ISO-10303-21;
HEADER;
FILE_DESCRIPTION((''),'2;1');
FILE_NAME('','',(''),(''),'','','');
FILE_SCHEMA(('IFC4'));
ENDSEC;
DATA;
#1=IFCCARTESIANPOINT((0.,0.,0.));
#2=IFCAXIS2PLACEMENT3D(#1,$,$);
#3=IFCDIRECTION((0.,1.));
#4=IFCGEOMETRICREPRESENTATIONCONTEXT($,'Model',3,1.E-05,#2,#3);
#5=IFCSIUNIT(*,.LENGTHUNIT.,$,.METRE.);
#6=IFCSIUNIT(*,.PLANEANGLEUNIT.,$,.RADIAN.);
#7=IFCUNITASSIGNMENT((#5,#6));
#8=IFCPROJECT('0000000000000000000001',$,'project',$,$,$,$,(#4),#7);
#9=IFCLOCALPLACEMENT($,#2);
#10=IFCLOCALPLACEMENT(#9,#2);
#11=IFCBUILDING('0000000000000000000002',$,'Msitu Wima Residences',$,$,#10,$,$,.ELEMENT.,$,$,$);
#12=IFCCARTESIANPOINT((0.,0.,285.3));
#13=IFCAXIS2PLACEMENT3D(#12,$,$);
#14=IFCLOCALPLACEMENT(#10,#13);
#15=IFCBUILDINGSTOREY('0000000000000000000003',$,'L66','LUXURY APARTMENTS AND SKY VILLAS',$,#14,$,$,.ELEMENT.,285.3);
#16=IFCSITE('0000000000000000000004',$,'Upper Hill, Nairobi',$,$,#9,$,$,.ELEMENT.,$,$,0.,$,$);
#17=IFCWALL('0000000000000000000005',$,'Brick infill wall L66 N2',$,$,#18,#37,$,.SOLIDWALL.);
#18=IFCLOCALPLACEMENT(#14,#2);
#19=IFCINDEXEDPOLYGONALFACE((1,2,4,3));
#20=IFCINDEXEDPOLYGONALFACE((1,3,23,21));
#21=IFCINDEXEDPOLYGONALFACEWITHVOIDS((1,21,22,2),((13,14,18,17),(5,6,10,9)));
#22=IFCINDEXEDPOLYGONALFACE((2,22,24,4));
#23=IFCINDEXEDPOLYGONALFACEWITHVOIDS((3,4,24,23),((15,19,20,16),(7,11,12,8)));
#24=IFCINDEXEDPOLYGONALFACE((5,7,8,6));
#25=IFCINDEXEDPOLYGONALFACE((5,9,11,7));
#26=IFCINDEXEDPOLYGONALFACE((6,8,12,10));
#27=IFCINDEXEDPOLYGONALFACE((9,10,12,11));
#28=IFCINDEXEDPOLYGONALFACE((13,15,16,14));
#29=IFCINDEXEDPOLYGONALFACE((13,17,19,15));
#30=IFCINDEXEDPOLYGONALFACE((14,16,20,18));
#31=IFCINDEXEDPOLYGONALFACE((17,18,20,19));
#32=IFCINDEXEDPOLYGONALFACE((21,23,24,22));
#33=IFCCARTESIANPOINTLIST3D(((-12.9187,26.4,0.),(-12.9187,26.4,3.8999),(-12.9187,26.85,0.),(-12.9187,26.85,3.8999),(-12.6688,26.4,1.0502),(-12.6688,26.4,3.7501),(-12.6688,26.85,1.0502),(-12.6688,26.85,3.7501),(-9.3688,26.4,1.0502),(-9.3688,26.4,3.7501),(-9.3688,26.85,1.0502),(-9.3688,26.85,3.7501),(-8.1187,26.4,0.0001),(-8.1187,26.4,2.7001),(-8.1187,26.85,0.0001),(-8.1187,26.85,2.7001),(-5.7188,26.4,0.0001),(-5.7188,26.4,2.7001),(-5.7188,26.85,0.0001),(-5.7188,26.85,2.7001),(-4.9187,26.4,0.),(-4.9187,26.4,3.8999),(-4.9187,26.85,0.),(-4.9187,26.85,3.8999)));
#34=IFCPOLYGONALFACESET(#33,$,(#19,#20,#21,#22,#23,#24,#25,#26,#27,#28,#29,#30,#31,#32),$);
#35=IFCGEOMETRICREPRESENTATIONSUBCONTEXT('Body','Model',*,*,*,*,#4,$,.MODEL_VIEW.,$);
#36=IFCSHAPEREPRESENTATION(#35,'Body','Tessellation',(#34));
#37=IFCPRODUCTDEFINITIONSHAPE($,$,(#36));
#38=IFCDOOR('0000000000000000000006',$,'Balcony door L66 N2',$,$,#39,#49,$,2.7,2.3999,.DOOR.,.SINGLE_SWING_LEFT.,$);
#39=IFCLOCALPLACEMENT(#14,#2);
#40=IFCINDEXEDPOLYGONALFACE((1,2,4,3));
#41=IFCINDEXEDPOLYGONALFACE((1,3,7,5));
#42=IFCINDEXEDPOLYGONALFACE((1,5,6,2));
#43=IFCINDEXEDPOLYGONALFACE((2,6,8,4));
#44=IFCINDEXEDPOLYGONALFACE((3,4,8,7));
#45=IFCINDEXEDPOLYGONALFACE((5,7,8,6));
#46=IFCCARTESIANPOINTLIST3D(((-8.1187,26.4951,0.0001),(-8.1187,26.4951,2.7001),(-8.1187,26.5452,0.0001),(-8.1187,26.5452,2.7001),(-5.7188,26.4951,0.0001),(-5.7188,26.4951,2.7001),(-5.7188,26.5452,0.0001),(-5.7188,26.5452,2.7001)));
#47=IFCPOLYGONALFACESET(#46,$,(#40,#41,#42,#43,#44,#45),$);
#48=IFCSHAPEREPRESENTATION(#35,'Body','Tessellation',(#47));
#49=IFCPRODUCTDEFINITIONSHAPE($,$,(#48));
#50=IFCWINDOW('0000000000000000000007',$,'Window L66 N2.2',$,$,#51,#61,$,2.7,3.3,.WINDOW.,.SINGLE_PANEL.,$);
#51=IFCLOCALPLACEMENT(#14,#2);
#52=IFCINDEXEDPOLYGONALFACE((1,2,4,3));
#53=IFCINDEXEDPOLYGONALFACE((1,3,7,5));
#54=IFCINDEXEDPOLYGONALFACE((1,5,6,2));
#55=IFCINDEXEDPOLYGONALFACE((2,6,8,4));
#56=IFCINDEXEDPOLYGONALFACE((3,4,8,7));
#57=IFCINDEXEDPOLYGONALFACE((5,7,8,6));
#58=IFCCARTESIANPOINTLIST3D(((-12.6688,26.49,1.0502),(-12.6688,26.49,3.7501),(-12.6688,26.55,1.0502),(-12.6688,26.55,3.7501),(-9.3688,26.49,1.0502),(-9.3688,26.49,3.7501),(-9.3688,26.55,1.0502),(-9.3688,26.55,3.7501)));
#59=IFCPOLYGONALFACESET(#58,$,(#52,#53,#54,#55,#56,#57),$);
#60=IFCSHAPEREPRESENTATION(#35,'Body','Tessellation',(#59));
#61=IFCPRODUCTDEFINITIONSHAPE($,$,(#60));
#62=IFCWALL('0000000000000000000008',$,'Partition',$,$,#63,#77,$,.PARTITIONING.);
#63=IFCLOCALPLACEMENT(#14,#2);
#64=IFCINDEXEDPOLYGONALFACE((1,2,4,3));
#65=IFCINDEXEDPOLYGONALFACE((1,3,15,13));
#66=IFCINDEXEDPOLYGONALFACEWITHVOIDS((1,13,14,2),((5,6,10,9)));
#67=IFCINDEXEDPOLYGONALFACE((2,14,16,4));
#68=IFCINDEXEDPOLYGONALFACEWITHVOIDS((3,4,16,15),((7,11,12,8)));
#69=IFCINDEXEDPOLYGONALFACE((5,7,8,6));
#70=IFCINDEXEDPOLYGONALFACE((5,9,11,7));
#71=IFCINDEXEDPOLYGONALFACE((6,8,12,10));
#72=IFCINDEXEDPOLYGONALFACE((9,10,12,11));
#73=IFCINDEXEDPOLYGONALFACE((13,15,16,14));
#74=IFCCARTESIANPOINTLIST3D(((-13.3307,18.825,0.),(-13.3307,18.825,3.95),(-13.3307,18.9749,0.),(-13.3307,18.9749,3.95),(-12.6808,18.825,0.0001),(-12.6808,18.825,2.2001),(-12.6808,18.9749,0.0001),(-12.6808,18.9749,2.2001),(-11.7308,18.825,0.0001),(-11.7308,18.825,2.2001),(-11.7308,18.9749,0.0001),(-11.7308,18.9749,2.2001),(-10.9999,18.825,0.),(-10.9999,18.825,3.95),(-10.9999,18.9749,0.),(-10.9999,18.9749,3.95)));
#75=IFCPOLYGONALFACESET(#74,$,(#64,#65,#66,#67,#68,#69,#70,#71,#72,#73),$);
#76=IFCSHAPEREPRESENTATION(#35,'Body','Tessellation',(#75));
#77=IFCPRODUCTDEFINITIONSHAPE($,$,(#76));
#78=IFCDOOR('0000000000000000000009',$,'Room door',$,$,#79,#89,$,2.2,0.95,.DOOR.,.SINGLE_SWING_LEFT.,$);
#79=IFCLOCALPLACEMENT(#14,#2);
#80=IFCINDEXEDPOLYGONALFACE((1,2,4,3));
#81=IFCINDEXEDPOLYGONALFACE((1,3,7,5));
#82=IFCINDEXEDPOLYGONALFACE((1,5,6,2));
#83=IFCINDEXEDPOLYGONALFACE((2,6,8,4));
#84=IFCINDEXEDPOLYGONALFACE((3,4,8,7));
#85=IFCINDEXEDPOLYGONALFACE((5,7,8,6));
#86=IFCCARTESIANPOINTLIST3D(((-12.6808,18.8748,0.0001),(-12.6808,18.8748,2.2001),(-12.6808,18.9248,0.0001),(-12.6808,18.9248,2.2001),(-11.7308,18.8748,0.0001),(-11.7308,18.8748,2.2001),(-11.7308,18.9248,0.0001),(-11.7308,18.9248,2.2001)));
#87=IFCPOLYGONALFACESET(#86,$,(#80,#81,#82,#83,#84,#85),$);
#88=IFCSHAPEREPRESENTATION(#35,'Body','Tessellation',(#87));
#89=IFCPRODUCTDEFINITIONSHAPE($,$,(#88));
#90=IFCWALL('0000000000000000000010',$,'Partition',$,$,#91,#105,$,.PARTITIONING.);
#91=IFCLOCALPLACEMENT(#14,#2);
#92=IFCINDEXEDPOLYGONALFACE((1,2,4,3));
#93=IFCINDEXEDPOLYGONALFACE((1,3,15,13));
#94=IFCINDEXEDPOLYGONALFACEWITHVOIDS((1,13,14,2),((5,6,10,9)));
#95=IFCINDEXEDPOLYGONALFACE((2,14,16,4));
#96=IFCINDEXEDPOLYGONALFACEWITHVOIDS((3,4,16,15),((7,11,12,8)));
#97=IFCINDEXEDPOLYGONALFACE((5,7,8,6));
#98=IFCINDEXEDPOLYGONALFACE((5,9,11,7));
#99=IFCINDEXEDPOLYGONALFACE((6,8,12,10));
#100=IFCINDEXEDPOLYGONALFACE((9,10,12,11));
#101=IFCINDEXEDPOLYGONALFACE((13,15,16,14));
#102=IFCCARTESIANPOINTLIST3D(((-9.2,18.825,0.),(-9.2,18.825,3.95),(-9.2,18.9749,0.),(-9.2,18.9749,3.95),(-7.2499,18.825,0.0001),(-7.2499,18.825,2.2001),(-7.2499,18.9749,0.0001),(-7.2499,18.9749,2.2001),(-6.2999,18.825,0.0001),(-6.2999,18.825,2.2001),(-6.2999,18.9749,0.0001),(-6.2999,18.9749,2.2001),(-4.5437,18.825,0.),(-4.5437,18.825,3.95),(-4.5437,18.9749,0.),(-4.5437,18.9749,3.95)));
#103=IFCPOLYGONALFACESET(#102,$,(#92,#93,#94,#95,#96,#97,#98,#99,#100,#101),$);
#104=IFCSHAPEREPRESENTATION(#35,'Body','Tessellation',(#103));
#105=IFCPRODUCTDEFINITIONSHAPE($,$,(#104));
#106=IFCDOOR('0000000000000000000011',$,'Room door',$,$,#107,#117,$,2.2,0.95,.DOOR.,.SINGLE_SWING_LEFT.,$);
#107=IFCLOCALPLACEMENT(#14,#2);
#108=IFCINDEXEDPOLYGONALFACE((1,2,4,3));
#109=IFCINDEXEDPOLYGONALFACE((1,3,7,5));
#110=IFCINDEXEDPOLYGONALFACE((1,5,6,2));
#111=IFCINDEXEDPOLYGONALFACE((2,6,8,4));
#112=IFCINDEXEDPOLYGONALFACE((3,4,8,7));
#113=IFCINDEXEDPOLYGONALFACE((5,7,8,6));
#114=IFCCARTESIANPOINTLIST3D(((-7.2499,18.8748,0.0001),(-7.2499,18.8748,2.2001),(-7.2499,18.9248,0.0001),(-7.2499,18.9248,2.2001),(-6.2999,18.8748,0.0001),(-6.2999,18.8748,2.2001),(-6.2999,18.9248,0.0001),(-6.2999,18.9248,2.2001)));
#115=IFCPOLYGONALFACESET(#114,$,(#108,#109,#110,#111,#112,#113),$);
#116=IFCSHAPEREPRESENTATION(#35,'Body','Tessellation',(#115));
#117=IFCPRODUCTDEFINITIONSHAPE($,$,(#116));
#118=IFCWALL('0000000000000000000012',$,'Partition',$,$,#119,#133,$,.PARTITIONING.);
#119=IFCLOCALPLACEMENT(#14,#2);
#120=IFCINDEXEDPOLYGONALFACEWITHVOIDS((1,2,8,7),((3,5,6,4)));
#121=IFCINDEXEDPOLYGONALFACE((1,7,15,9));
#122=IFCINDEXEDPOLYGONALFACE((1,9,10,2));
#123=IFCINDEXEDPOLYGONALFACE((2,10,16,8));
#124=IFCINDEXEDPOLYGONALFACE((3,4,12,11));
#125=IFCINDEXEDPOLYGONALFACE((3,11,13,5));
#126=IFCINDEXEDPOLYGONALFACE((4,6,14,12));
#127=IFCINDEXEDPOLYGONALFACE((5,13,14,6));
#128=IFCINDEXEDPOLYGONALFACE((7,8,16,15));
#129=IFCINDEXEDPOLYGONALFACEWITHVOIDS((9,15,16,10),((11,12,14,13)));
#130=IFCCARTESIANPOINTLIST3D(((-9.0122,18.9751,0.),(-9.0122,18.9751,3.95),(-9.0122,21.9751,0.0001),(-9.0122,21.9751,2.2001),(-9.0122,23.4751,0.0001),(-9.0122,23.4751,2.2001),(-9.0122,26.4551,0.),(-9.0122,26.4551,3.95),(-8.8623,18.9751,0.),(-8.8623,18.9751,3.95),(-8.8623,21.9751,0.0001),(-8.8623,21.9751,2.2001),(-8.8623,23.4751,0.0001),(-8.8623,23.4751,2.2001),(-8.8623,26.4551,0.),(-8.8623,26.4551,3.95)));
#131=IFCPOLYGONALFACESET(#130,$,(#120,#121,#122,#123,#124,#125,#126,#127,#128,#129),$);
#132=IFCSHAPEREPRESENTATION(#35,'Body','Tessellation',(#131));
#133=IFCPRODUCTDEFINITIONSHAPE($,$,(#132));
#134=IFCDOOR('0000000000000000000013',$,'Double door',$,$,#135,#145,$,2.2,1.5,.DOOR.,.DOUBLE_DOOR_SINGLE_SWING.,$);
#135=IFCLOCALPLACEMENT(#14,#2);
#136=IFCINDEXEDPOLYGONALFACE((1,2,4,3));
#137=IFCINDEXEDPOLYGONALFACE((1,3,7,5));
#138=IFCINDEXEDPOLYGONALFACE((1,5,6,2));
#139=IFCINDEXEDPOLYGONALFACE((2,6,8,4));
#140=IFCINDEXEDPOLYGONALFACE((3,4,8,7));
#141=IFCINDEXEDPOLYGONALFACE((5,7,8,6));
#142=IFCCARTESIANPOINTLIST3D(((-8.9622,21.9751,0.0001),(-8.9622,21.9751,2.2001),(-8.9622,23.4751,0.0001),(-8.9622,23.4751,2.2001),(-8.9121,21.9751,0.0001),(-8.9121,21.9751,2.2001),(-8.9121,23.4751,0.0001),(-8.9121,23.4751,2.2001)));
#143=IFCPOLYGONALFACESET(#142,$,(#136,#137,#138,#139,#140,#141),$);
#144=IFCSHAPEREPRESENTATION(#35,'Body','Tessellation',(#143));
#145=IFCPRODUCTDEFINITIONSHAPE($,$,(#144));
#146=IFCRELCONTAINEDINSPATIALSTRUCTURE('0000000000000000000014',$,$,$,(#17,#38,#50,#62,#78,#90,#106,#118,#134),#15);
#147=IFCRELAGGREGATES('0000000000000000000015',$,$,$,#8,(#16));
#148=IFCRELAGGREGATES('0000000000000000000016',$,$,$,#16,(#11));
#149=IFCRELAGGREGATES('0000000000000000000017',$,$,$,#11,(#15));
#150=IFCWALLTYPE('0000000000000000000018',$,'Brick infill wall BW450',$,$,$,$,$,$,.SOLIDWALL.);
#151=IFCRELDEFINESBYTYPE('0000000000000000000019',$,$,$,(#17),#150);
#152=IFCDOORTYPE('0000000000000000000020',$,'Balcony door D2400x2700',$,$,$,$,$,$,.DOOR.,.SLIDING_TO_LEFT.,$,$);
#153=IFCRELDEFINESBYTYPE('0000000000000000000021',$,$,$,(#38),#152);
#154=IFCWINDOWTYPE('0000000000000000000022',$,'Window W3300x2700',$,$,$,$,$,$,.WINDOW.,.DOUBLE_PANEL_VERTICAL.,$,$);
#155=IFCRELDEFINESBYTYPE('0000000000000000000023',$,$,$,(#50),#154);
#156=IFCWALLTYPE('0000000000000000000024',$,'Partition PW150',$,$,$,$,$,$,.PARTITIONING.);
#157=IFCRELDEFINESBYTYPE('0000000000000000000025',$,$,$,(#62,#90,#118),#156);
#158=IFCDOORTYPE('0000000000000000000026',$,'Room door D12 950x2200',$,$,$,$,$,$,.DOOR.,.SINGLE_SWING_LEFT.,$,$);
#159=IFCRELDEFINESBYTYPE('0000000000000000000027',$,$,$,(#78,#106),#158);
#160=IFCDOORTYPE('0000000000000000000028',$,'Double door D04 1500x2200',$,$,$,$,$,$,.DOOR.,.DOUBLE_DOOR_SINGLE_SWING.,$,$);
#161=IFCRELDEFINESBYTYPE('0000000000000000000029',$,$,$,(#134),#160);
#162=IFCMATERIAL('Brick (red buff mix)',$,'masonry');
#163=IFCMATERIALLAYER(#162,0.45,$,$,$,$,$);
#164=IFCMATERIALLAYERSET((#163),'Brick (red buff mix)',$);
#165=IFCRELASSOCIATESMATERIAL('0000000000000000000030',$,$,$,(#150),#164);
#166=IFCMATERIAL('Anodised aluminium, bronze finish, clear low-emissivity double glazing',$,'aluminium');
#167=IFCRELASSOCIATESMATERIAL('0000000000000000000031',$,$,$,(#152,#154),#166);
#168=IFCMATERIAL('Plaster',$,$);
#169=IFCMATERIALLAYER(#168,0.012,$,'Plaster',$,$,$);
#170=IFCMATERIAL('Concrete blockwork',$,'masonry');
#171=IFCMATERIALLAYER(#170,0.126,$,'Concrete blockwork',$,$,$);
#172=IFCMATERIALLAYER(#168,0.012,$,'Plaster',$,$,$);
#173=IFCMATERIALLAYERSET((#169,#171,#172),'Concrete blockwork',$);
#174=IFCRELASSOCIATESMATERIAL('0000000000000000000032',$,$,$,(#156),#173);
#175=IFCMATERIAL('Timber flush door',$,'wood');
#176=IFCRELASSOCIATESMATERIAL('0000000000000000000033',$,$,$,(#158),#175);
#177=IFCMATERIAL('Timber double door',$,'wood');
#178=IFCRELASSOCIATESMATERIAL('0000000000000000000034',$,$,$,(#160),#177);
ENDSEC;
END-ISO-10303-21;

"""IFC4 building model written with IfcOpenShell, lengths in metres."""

from ifc_helpers import new_model, si_unit, direction, frame, frame_2d, origin, place, context, subcontext, project, spatial, rectangle, extrude, material, layer, layer_set, type_object, element, fill, save


model = new_model("IFC4")

# Units and contexts
model_context = context("Model", 3, precision=1e-05, world=origin(), true_north=direction((0.0, 1.0)))
body_context = subcontext(model_context, "Body", "Model", "MODEL_VIEW")
ifc_project = project(units=[si_unit("LENGTHUNIT", "METRE"), si_unit("PLANEANGLEUNIT", "RADIAN")], contexts=[model_context])

# Site, building, storey
site_placement = place(None, origin())
site = spatial("IfcSite", under=ifc_project, at=site_placement, Name="Upper Hill, Nairobi", CompositionType="ELEMENT", RefElevation=0.0)
building_placement = place(site_placement, origin())
building = spatial("IfcBuilding", under=site, at=building_placement, Name="Msitu Wima Residences", CompositionType="ELEMENT")
storey_placement = place(building_placement, frame((0.0, 0.0, 285.3)))
storey = spatial("IfcBuildingStorey", under=building, at=storey_placement, Name="L66", Description="LUXURY APARTMENTS AND SKY VILLAS", CompositionType="ELEMENT", Elevation=285.3)

# Wall, openings, door, window
ifc_material_1 = material(Name="Brick (red buff mix)", Category="masonry")
ifc_layer_1 = layer(ifc_material_1, 0.45)
ifc_layer_set_1 = layer_set([ifc_layer_1], Name="Brick (red buff mix)")
wall_type_1 = type_object("IfcWallType", Name="Brick infill wall BW450", PredefinedType="SOLIDWALL", material=ifc_layer_set_1)
wall_1_placement = place(storey_placement, frame((-4.9187, 26.625, 0.0), z_axis=(0.0, 0.0, 1.0), x_axis=(-1.0, 0.0, 0.0)))
wall_1 = element("IfcWall", 1, at=wall_1_placement, inside=storey, type_object=wall_type_1, Name="Brick infill wall L66 N2", PredefinedType="SOLIDWALL", context=body_context, shape_type="SweptSolid", body=[
    extrude(rectangle(XDim=8.0, YDim=0.45, at=frame_2d((4.0, 0.0))), origin(), (0.0, 0.0, 1.0), 3.8999),
])
opening_1_placement = place(wall_1_placement, frame((0.8, 0.0, 0.0)))
opening_1 = element("IfcOpeningElement", 2, at=opening_1_placement, cuts=wall_1, PredefinedType="OPENING", context=body_context, shape_type="SweptSolid", body=[
    extrude(rectangle(XDim=2.3999, YDim=2.7, at=frame_2d((1.2, 1.3501))), frame((0.0, 0.2349, 0.0), z_axis=(0.0, -1.0, 0.0), x_axis=(1.0, 0.0, 0.0)), (0.0, 0.0, 1.0), 0.47),
])
opening_2_placement = place(wall_1_placement, frame((4.4502, 0.0, 1.05)))
opening_2 = element("IfcOpeningElement", 3, at=opening_2_placement, cuts=wall_1, PredefinedType="OPENING", context=body_context, shape_type="SweptSolid", body=[
    extrude(rectangle(XDim=3.3, YDim=2.7, at=frame_2d((1.6499, 1.3501))), frame((0.0, 0.2349, 0.0), z_axis=(0.0, -1.0, 0.0), x_axis=(1.0, 0.0, 0.0)), (0.0, 0.0, 1.0), 0.47),
])
ifc_material_2 = material(Name="Anodised aluminium, bronze finish, clear low-emissivity double glazing", Category="aluminium")
door_type_1 = type_object("IfcDoorType", Name="Balcony door D2400x2700", OperationType="SLIDING_TO_LEFT", PredefinedType="DOOR", material=ifc_material_2)
door_1_placement = place(opening_1_placement, origin())
door_1 = element("IfcDoor", 4, at=door_1_placement, inside=storey, type_object=door_type_1, Name="Balcony door L66 N2", OperationType="SINGLE_SWING_LEFT", OverallHeight=2.7, OverallWidth=2.3999, PredefinedType="DOOR", context=body_context, shape_type="SweptSolid", body=[
    extrude(rectangle(XDim=2.3999, YDim=2.7, at=frame_2d((1.2, 1.3501))), frame((0.0, 0.1299, 0.0), z_axis=(0.0, -1.0, 0.0), x_axis=(1.0, 0.0, 0.0)), (0.0, 0.0, 1.0), 0.05),
])
fill(opening_1, door_1)
window_type = type_object("IfcWindowType", Name="Window W3300x2700", PartitioningType="DOUBLE_PANEL_VERTICAL", PredefinedType="WINDOW", material=ifc_material_2)
window_placement = place(opening_2_placement, origin())
window = element("IfcWindow", 5, at=window_placement, inside=storey, type_object=window_type, Name="Window L66 N2.2", OverallHeight=2.7, OverallWidth=3.3, PartitioningType="SINGLE_PANEL", PredefinedType="WINDOW", context=body_context, shape_type="SweptSolid", body=[
    extrude(rectangle(XDim=3.3, YDim=2.7, at=frame_2d((1.6499, 1.3501))), frame((0.0, 0.135, 0.0), z_axis=(0.0, -1.0, 0.0), x_axis=(1.0, 0.0, 0.0)), (0.0, 0.0, 1.0), 0.0601),
])
fill(opening_2, window)

# Walls, openings, doors
ifc_material_3 = material(Name="Plaster")
ifc_layer_2 = layer(ifc_material_3, 0.012, Name="Plaster")
ifc_material_4 = material(Name="Concrete blockwork", Category="masonry")
ifc_layer_3 = layer(ifc_material_4, 0.126, Name="Concrete blockwork")
ifc_layer_4 = layer(ifc_material_3, 0.012, Name="Plaster")
ifc_layer_set_2 = layer_set([ifc_layer_2, ifc_layer_3, ifc_layer_4], Name="Concrete blockwork")
wall_type_2 = type_object("IfcWallType", Name="Partition PW150", PredefinedType="PARTITIONING", material=ifc_layer_set_2)
wall_2_placement = place(storey_placement, frame((-13.3308, 18.8999, 0.0), z_axis=(0.0, 0.0, 1.0), x_axis=(1.0, 0.0, 0.0)))
wall_2 = element("IfcWall", 6, at=wall_2_placement, inside=storey, type_object=wall_type_2, Name="Partition", PredefinedType="PARTITIONING", context=body_context, shape_type="SweptSolid", body=[
    extrude(rectangle(XDim=2.3308, YDim=0.1499, at=frame_2d((1.1655, 0.0))), origin(), (0.0, 0.0, 1.0), 3.95),
])
opening_3_placement = place(wall_2_placement, frame((0.6499, 0.0, 0.0)))
opening_3 = element("IfcOpeningElement", 7, at=opening_3_placement, cuts=wall_2, PredefinedType="OPENING", context=body_context, shape_type="SweptSolid", body=[
    extrude(rectangle(XDim=0.95, YDim=2.2, at=frame_2d((0.4751, 1.1001))), frame((0.0, 0.085, 0.0), z_axis=(0.0, -1.0, 0.0), x_axis=(1.0, 0.0, 0.0)), (0.0, 0.0, 1.0), 0.1699),
])
ifc_material_5 = material(Name="Timber flush door", Category="wood")
door_type_2 = type_object("IfcDoorType", Name="Room door D12 950x2200", OperationType="SINGLE_SWING_LEFT", PredefinedType="DOOR", material=ifc_material_5)
door_2_placement = place(opening_3_placement, origin())
door_2 = element("IfcDoor", 8, at=door_2_placement, inside=storey, type_object=door_type_2, Name="Room door", OperationType="SINGLE_SWING_LEFT", OverallHeight=2.2, OverallWidth=0.95, PredefinedType="DOOR", context=body_context, shape_type="SweptSolid", body=[
    extrude(rectangle(XDim=0.95, YDim=2.2, at=frame_2d((0.4751, 1.1001))), frame((0.0, 0.0249, 0.0), z_axis=(0.0, -1.0, 0.0), x_axis=(1.0, 0.0, 0.0)), (0.0, 0.0, 1.0), 0.05),
])
fill(opening_3, door_2)
wall_3_placement = place(storey_placement, frame((-9.2, 18.8999, 0.0), z_axis=(0.0, 0.0, 1.0), x_axis=(1.0, 0.0, 0.0)))
wall_3 = element("IfcWall", 9, at=wall_3_placement, inside=storey, type_object=wall_type_2, Name="Partition", PredefinedType="PARTITIONING", context=body_context, shape_type="SweptSolid", body=[
    extrude(rectangle(XDim=4.6562, YDim=0.1499, at=frame_2d((2.3281, 0.0))), origin(), (0.0, 0.0, 1.0), 3.95),
])
opening_4_placement = place(wall_3_placement, frame((1.95, 0.0, 0.0)))
opening_4 = element("IfcOpeningElement", 10, at=opening_4_placement, cuts=wall_3, PredefinedType="OPENING", context=body_context, shape_type="SweptSolid", body=[
    extrude(rectangle(XDim=0.95, YDim=2.2, at=frame_2d((0.4751, 1.1001))), frame((0.0, 0.085, 0.0), z_axis=(0.0, -1.0, 0.0), x_axis=(1.0, 0.0, 0.0)), (0.0, 0.0, 1.0), 0.1699),
])
door_3_placement = place(opening_4_placement, origin())
door_3 = element("IfcDoor", 11, at=door_3_placement, inside=storey, type_object=door_type_2, Name="Room door", OperationType="SINGLE_SWING_LEFT", OverallHeight=2.2, OverallWidth=0.95, PredefinedType="DOOR", context=body_context, shape_type="SweptSolid", body=[
    extrude(rectangle(XDim=0.95, YDim=2.2, at=frame_2d((0.4751, 1.1001))), frame((0.0, 0.0249, 0.0), z_axis=(0.0, -1.0, 0.0), x_axis=(1.0, 0.0, 0.0)), (0.0, 0.0, 1.0), 0.05),
])
fill(opening_4, door_3)
wall_4_placement = place(storey_placement, frame((-8.9373, 18.9751, 0.0), z_axis=(0.0, 0.0, 1.0), x_axis=(0.0, 1.0, 0.0)))
wall_4 = element("IfcWall", 12, at=wall_4_placement, inside=storey, type_object=wall_type_2, Name="Partition", PredefinedType="PARTITIONING", context=body_context, shape_type="SweptSolid", body=[
    extrude(rectangle(XDim=7.48, YDim=0.1499, at=frame_2d((3.74, 0.0))), origin(), (0.0, 0.0, 1.0), 3.95),
])
opening_5_placement = place(wall_4_placement, frame((3.0, 0.0, 0.0)))
opening_5 = element("IfcOpeningElement", 13, at=opening_5_placement, cuts=wall_4, PredefinedType="OPENING", context=body_context, shape_type="SweptSolid", body=[
    extrude(rectangle(XDim=1.5, YDim=2.2, at=frame_2d((0.75, 1.1001))), frame((0.0, 0.085, 0.0), z_axis=(0.0, -1.0, 0.0), x_axis=(1.0, 0.0, 0.0)), (0.0, 0.0, 1.0), 0.1699),
])
ifc_material_6 = material(Name="Timber double door", Category="wood")
door_type_3 = type_object("IfcDoorType", Name="Double door D04 1500x2200", OperationType="DOUBLE_DOOR_SINGLE_SWING", PredefinedType="DOOR", material=ifc_material_6)
door_4_placement = place(opening_5_placement, origin())
door_4 = element("IfcDoor", 14, at=door_4_placement, inside=storey, type_object=door_type_3, Name="Double door", OperationType="DOUBLE_DOOR_SINGLE_SWING", OverallHeight=2.2, OverallWidth=1.5, PredefinedType="DOOR", context=body_context, shape_type="SweptSolid", body=[
    extrude(rectangle(XDim=1.5, YDim=2.2, at=frame_2d((0.75, 1.1001))), frame((0.0, 0.0249, 0.0), z_axis=(0.0, -1.0, 0.0), x_axis=(1.0, 0.0, 0.0)), (0.0, 0.0, 1.0), 0.05),
])
fill(opening_5, door_4)

save(model, "model.ifc")
